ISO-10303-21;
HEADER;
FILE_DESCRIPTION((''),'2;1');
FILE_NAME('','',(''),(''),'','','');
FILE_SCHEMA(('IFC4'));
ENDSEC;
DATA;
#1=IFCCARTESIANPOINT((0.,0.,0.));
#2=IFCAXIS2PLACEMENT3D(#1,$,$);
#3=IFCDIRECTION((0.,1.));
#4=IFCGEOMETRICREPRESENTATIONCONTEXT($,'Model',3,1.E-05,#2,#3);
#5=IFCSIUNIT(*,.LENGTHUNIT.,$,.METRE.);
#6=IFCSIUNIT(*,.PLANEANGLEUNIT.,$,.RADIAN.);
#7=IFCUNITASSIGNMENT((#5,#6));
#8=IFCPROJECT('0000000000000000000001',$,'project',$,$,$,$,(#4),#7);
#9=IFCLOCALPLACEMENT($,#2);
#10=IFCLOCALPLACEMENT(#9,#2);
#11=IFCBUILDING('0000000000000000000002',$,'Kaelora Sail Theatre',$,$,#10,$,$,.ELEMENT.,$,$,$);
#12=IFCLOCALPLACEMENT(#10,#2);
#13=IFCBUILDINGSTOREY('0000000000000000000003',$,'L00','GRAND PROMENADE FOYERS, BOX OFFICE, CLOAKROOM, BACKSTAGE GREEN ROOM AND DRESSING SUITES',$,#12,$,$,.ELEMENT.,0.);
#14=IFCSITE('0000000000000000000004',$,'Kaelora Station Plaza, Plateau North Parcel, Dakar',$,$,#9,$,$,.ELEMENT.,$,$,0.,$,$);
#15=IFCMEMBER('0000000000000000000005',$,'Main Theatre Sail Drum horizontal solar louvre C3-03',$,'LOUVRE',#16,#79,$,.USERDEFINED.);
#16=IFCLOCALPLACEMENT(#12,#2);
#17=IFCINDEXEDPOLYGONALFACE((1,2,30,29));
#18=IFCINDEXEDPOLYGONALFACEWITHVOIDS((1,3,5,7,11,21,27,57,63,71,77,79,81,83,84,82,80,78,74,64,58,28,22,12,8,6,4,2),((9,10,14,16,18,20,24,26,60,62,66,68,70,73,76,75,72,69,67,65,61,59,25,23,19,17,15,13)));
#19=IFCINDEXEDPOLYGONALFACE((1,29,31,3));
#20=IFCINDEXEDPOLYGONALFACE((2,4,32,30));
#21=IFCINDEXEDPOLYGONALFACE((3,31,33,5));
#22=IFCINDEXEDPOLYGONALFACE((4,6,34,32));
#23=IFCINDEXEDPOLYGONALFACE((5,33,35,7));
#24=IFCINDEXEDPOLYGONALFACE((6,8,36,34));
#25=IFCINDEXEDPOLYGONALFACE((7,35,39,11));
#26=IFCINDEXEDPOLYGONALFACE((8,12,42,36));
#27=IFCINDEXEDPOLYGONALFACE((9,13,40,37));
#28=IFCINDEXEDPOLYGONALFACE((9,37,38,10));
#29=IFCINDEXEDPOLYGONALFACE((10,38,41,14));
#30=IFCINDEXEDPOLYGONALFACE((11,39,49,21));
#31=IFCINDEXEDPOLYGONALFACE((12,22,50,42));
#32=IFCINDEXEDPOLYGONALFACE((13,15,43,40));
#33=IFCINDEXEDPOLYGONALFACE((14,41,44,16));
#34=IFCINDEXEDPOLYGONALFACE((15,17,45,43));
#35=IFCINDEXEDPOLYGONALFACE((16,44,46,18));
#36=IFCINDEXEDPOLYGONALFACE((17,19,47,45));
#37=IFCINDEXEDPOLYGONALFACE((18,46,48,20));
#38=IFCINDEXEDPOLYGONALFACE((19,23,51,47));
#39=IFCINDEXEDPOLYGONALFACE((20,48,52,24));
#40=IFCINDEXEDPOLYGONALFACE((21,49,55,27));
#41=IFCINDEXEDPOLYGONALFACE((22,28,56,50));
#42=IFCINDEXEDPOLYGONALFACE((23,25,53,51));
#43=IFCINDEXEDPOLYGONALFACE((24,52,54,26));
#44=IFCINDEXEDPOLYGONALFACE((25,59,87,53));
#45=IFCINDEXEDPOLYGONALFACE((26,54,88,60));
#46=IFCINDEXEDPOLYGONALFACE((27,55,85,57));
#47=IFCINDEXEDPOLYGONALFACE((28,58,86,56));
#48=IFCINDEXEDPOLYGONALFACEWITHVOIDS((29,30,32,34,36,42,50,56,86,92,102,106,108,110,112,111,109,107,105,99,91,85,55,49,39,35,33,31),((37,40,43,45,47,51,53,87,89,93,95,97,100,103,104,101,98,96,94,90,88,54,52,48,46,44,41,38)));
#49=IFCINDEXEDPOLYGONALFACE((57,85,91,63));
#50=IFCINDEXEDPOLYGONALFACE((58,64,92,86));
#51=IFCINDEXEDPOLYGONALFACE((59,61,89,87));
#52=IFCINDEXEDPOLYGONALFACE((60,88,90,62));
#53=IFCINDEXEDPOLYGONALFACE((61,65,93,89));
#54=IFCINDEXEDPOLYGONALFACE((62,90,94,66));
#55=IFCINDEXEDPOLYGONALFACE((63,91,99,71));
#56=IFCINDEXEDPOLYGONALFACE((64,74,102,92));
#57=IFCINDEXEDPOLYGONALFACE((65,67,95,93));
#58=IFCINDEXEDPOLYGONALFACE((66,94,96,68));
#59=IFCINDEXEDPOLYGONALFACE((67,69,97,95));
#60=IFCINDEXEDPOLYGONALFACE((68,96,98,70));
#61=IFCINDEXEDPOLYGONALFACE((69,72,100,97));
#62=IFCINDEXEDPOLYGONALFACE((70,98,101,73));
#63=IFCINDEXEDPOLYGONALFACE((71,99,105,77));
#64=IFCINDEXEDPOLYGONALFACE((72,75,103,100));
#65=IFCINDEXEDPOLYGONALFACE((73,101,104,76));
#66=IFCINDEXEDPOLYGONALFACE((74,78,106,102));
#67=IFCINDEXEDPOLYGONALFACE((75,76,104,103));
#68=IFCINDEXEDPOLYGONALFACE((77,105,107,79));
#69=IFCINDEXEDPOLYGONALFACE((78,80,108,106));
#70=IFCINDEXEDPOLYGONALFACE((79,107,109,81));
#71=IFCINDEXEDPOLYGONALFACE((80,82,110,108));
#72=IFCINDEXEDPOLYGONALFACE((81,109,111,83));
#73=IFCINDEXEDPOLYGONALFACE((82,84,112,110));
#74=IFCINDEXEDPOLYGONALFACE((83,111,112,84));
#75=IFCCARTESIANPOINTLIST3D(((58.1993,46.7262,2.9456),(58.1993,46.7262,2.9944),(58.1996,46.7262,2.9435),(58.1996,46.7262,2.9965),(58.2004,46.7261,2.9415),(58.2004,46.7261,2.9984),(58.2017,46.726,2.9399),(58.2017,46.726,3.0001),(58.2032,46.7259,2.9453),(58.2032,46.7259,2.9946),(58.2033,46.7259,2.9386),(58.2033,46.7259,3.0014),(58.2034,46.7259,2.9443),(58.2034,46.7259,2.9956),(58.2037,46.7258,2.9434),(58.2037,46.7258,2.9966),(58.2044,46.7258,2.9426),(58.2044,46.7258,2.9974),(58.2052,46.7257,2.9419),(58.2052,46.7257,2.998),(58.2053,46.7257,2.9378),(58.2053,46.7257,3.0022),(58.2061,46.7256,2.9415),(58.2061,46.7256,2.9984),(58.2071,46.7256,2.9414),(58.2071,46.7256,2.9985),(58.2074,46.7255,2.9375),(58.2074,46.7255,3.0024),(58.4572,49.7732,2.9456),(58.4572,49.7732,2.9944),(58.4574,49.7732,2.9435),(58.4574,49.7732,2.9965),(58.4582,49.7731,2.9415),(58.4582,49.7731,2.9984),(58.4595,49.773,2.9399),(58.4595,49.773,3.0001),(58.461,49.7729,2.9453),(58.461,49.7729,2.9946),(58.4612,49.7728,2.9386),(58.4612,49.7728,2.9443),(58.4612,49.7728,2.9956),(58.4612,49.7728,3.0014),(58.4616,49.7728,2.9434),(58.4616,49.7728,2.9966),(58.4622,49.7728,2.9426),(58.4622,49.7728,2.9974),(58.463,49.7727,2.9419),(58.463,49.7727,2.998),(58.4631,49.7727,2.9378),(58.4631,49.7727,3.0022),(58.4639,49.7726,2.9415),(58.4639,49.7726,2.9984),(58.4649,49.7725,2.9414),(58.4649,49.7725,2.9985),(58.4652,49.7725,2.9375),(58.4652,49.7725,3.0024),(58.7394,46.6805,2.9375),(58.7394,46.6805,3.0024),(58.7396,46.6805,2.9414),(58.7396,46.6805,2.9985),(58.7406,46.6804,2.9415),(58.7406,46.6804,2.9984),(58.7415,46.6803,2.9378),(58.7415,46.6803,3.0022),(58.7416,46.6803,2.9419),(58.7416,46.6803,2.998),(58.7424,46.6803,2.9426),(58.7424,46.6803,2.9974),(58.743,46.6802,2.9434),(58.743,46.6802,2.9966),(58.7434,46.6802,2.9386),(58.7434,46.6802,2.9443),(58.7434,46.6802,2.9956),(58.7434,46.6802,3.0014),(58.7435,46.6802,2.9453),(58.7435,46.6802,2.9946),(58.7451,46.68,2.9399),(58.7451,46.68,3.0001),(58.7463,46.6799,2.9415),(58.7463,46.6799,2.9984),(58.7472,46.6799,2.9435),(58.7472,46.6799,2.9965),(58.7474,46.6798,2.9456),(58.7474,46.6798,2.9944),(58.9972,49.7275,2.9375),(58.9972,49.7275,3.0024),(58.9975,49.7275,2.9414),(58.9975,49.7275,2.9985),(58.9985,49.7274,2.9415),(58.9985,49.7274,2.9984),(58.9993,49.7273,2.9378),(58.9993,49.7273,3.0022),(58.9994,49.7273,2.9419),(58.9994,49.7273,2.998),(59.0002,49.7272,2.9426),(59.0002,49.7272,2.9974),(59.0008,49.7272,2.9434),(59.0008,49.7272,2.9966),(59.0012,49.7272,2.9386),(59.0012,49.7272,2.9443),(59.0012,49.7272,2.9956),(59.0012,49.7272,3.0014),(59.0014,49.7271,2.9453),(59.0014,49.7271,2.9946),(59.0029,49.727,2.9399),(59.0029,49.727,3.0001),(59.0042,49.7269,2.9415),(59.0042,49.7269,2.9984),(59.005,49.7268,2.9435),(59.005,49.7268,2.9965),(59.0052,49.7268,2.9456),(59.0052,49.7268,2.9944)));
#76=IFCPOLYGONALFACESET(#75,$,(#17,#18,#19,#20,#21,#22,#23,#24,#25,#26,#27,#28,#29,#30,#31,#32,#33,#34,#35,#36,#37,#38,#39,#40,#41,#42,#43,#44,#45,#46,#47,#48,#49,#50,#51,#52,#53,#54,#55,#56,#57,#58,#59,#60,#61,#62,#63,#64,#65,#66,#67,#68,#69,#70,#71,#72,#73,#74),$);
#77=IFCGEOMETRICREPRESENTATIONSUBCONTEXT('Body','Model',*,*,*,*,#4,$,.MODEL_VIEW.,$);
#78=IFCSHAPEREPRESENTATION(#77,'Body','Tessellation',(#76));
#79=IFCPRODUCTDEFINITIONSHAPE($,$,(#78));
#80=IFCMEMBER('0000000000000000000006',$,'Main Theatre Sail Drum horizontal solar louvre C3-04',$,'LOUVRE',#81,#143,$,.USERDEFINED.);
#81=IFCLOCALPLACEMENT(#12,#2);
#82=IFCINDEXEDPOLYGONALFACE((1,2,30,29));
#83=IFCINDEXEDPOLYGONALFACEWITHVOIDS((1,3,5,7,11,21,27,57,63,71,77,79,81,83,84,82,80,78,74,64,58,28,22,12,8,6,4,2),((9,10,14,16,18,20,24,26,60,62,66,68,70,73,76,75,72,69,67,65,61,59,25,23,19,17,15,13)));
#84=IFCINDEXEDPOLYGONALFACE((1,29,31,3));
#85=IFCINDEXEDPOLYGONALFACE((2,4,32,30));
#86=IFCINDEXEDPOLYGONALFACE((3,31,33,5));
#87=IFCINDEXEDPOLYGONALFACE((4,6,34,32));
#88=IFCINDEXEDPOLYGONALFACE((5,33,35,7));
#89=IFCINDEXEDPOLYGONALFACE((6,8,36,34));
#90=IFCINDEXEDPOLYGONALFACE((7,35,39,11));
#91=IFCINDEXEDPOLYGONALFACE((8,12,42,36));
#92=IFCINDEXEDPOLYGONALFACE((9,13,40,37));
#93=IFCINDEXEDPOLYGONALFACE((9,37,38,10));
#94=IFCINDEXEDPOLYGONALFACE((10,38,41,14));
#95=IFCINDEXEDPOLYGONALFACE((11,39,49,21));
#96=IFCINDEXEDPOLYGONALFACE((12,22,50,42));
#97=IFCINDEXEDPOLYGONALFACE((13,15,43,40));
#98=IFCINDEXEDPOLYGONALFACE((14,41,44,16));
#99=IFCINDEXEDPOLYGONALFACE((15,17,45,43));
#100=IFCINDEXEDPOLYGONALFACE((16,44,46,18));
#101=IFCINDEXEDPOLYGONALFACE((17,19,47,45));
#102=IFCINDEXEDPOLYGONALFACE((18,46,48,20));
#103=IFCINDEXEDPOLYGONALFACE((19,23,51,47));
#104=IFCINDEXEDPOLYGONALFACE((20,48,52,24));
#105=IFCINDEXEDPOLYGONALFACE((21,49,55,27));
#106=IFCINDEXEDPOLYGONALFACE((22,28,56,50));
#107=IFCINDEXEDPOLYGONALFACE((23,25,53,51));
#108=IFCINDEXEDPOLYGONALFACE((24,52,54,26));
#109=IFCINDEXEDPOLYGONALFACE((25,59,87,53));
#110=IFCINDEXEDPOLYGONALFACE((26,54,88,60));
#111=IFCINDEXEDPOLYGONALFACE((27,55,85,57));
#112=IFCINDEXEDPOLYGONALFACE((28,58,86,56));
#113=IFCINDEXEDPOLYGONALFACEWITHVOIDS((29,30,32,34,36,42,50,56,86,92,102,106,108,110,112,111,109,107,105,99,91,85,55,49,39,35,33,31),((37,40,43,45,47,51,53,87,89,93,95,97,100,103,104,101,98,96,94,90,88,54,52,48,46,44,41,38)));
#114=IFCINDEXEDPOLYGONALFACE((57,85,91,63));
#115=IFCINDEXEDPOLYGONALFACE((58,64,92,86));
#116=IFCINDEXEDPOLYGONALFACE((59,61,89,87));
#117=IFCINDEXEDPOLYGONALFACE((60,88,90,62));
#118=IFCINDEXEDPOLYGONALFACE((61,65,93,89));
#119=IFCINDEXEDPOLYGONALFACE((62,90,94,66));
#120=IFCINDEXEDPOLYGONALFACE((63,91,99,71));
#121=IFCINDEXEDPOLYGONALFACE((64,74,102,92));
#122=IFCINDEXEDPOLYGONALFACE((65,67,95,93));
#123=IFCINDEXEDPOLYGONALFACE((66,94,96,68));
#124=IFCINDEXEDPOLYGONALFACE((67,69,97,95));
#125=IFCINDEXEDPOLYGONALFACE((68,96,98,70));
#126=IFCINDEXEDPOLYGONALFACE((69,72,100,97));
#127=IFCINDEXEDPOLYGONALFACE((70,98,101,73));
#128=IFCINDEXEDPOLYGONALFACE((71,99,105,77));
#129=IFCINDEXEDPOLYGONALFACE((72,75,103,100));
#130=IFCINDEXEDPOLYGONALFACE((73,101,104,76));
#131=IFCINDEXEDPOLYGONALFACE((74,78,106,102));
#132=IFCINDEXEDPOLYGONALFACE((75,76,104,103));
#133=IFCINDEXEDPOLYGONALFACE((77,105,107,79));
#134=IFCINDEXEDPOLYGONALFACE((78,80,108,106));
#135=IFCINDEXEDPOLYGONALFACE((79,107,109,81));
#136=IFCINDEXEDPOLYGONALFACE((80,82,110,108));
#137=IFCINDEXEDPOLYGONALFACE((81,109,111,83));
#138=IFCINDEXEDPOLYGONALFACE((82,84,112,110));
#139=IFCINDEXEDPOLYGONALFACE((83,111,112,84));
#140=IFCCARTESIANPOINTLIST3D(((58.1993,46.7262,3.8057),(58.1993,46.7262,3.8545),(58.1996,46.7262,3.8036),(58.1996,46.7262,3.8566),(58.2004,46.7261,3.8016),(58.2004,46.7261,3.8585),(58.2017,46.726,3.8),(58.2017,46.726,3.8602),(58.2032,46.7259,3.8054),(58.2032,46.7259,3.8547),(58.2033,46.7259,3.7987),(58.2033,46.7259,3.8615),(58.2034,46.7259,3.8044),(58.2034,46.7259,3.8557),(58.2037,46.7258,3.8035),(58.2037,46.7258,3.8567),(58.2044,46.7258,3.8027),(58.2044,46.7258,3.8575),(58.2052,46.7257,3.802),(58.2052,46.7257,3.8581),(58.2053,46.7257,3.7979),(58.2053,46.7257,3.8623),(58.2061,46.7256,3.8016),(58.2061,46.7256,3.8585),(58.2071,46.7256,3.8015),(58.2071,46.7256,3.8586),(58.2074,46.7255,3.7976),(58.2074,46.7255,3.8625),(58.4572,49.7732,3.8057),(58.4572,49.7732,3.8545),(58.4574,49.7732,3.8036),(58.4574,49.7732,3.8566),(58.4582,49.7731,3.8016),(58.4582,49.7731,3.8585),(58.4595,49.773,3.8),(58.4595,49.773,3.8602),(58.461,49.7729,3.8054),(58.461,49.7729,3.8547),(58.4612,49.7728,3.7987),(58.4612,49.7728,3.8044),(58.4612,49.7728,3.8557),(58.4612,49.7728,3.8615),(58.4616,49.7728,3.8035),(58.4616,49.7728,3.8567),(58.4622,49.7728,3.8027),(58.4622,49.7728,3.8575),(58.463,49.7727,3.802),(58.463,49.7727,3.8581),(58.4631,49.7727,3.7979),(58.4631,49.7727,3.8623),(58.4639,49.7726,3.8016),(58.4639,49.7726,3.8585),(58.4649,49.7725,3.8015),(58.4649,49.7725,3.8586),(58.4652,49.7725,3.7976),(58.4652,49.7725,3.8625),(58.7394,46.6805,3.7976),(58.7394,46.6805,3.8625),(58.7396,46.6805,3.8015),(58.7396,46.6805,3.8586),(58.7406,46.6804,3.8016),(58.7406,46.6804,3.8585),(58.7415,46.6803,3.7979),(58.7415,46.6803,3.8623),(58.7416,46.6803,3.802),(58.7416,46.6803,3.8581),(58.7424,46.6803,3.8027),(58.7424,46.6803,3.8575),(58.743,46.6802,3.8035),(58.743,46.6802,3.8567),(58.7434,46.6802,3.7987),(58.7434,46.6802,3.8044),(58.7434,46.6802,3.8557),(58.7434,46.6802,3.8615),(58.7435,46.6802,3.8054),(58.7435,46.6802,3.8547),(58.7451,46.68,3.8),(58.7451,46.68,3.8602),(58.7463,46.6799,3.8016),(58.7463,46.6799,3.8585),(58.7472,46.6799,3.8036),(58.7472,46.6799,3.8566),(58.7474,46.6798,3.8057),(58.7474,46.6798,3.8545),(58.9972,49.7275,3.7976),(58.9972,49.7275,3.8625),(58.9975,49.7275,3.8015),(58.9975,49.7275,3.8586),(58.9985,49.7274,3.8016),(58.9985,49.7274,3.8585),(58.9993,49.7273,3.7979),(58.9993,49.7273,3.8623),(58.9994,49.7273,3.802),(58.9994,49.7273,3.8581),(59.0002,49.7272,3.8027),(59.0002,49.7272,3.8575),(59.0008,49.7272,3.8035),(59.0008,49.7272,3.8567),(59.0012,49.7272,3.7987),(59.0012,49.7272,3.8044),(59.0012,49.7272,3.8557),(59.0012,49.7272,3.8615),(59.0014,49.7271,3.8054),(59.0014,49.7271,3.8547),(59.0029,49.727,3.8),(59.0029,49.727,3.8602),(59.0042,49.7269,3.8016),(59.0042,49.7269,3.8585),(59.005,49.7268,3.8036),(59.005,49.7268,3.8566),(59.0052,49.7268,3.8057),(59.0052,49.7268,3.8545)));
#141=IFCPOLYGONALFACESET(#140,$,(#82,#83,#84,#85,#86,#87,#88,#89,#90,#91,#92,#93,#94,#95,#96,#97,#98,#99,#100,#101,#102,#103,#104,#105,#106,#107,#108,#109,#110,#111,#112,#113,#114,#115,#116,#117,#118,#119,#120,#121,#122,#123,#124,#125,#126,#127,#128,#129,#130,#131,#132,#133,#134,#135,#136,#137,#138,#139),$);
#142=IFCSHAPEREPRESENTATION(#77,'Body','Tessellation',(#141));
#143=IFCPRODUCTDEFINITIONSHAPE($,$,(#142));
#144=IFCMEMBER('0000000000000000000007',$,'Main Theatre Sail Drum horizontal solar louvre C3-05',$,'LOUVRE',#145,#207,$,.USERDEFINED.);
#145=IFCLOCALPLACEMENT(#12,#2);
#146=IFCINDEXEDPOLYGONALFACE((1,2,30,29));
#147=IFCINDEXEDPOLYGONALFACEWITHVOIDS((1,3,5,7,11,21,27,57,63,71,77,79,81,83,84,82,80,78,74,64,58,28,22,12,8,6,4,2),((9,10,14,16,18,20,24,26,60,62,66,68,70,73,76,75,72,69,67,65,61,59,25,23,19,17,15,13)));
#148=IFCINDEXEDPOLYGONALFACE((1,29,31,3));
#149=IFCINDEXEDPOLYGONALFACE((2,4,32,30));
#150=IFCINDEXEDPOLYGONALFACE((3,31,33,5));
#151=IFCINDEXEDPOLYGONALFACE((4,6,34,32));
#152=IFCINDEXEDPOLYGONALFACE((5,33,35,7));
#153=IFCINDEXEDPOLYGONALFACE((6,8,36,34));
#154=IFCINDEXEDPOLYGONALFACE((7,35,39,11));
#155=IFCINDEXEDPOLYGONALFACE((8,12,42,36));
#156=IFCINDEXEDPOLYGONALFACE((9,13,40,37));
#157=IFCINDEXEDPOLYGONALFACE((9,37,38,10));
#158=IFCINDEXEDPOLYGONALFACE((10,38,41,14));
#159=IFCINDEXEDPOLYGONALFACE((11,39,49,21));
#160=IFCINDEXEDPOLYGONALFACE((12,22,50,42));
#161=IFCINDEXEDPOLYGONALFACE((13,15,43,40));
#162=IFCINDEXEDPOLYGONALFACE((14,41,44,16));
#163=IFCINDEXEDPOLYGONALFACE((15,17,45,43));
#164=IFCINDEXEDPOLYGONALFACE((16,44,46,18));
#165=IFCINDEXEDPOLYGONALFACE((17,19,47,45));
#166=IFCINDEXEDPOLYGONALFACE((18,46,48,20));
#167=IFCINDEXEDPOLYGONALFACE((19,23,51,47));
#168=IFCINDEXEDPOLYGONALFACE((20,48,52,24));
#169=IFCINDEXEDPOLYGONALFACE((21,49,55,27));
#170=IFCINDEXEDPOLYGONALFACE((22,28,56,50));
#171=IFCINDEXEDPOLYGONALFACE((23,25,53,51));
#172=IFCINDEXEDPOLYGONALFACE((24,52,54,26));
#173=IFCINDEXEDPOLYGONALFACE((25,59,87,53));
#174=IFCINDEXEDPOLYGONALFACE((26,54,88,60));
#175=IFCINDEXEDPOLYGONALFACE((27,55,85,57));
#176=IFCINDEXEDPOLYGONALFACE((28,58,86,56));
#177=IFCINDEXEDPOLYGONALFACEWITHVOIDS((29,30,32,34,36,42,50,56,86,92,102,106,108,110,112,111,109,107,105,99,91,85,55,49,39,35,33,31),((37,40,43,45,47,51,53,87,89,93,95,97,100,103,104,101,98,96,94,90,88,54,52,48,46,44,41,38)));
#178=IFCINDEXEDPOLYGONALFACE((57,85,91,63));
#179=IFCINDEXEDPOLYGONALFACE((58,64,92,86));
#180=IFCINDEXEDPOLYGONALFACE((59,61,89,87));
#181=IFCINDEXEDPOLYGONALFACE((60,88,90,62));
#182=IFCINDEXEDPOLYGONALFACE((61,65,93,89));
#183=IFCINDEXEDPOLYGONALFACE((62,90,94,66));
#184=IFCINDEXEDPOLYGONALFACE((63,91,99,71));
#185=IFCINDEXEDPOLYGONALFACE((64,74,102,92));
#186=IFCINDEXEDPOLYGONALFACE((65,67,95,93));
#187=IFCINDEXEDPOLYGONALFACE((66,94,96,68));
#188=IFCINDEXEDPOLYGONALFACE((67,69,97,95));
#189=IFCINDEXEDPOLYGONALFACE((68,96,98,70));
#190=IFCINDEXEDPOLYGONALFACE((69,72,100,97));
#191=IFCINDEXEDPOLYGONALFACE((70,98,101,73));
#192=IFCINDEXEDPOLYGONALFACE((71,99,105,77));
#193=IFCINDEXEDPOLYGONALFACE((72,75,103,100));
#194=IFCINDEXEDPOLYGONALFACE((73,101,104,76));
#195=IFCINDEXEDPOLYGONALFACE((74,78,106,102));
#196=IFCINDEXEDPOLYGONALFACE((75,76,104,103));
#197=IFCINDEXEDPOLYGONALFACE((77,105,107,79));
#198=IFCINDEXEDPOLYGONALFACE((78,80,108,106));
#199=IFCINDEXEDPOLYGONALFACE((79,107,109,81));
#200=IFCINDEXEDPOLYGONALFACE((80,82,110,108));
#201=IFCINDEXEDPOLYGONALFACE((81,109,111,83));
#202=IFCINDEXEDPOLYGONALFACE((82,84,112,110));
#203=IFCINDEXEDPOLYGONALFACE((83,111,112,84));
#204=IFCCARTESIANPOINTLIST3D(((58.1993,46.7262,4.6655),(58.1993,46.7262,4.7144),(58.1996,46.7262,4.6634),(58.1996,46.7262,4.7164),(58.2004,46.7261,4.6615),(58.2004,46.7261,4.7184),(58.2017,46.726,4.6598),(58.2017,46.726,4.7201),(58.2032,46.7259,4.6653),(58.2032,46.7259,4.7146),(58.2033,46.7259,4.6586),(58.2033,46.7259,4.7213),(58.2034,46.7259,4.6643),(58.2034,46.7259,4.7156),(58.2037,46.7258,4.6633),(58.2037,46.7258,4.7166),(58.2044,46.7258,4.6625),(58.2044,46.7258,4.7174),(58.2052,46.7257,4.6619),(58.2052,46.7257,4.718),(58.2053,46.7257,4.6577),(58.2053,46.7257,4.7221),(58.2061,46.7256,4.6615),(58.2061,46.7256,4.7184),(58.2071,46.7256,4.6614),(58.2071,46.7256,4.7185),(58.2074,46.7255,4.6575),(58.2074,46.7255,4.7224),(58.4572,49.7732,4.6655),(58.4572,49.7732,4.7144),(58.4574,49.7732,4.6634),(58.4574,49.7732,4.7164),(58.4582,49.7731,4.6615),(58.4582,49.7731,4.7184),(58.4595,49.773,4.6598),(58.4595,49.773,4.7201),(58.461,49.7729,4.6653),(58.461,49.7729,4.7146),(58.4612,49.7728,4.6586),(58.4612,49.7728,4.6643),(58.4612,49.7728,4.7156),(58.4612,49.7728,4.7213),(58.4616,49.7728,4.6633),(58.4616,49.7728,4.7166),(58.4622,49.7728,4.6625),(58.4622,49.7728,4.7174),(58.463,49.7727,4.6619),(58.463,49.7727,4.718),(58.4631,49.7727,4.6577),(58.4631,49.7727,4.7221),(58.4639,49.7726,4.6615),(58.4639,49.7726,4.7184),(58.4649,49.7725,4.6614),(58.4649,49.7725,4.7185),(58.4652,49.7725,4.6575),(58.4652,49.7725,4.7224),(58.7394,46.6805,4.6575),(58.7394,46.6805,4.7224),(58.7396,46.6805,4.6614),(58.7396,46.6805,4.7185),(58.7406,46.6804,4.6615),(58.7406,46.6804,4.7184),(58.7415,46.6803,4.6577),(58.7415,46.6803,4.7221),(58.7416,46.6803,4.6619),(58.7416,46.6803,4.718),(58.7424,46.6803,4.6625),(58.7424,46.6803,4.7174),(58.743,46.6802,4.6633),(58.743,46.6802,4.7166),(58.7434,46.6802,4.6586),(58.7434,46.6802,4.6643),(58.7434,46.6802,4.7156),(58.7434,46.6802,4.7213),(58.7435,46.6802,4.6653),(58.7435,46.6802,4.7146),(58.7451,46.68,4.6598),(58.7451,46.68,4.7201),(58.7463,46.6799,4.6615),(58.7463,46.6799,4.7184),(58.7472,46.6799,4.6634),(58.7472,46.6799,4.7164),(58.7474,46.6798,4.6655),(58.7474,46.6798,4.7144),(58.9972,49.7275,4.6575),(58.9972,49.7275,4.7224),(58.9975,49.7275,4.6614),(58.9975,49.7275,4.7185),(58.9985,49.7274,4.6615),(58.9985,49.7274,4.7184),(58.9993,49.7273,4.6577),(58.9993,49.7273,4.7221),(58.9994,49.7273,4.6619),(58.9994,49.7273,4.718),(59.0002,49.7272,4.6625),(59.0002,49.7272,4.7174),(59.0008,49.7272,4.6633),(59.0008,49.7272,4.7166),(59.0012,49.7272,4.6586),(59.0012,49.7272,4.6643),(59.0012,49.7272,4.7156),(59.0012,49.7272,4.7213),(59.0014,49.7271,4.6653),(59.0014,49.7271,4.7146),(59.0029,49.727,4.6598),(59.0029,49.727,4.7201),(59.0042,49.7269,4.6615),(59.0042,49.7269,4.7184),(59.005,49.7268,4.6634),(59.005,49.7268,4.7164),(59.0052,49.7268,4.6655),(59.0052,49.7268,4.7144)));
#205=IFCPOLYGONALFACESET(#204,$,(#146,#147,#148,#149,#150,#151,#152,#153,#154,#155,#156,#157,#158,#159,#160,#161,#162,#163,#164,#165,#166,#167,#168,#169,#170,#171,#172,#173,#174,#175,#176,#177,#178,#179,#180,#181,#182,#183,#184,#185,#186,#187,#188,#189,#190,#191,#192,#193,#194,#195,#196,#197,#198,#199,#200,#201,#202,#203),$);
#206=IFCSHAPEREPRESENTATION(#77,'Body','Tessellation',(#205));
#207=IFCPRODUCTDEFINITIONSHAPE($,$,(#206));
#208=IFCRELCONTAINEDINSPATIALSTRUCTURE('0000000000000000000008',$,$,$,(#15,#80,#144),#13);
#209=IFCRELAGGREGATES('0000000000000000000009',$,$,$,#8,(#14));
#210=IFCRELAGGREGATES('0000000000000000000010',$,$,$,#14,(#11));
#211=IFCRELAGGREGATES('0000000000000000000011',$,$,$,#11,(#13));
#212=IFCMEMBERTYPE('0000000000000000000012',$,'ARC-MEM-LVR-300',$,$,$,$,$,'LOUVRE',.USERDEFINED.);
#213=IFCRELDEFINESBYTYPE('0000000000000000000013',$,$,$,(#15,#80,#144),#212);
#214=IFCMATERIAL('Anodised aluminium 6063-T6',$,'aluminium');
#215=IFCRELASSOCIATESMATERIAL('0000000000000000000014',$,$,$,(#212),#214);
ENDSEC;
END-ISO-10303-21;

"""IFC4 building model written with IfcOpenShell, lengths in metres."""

from ifc_helpers import new_model, si_unit, direction, frame, origin, origin_2d, place, context, subcontext, project, spatial, hollow_rectangle, extrude, material, material_profile, profile_set, type_object, element, save


model = new_model("IFC4")

# Units and contexts
model_context = context("Model", 3, precision=1e-05, world=origin(), true_north=direction((0.0, 1.0)))
body_context = subcontext(model_context, "Body", "Model", "MODEL_VIEW")
ifc_project = project(units=[si_unit("LENGTHUNIT", "METRE"), si_unit("PLANEANGLEUNIT", "RADIAN")], contexts=[model_context])

# Site, building, storey
site_placement = place(None, origin())
site = spatial("IfcSite", under=ifc_project, at=site_placement, Name="Kaelora Station Plaza, Plateau North Parcel, Dakar", CompositionType="ELEMENT", RefElevation=0.0)
building_placement = place(site_placement, origin())
building = spatial("IfcBuilding", under=site, at=building_placement, Name="Kaelora Sail Theatre", CompositionType="ELEMENT")
storey_placement = place(building_placement, origin())
storey = spatial("IfcBuildingStorey", under=building, at=storey_placement, Name="L00", Description="GRAND PROMENADE FOYERS, BOX OFFICE, CLOAKROOM, BACKSTAGE GREEN ROOM AND DRESSING SUITES", CompositionType="ELEMENT", Elevation=0.0)

# Members
ifc_material_1 = material(Name="Anodised aluminium 6063-T6", Category="aluminium")
ifc_material_profile_1 = material_profile(ifc_material_1, hollow_rectangle(XDim=0.55, YDim=0.0649, WallThickness=0.0039, InnerFilletRadius=0.0039, OuterFilletRadius=0.0081, at=origin_2d()), Name="LOUVRE 550x65x4")
ifc_profile_set_1 = profile_set([ifc_material_profile_1], Name="Anodised aluminium 6063-T6")
member_type_1 = type_object("IfcMemberType", Name="ARC-MEM-LVR-300", ElementType="LOUVRE", PredefinedType="USERDEFINED", material=ifc_profile_set_1)
for number, where, z_axis, x_axis, name in (
    (1, (58.7312, 49.75, 2.97), (-0.084314, -0.996439, 0.0), (0.996439, -0.084314, 0.0), "Main Theatre Sail Drum horizontal solar louvre C3-03"),
    (2, (58.7312, 49.75, 3.8301), (-0.084314, -0.996439, 0.0), (0.996439, -0.084314, 0.0), "Main Theatre Sail Drum horizontal solar louvre C3-04"),
    (3, (58.7312, 49.75, 4.6899), (-0.084314, -0.996439, 0.0), (0.996439, -0.084314, 0.0), "Main Theatre Sail Drum horizontal solar louvre C3-05"),
):
    element("IfcMember", number, at=place(storey_placement, frame(where, z_axis=z_axis, x_axis=x_axis)), inside=storey, type_object=member_type_1, Name=name, ObjectType="LOUVRE", PredefinedType="USERDEFINED", context=body_context, shape_type="SweptSolid", body=[
        extrude(hollow_rectangle(XDim=0.55, YDim=0.0649, WallThickness=0.0039, InnerFilletRadius=0.0039, OuterFilletRadius=0.0081, at=origin_2d()), origin(), (0.0, 0.0, 1.0), 3.0579),
    ])

save(model, "model.ifc")
